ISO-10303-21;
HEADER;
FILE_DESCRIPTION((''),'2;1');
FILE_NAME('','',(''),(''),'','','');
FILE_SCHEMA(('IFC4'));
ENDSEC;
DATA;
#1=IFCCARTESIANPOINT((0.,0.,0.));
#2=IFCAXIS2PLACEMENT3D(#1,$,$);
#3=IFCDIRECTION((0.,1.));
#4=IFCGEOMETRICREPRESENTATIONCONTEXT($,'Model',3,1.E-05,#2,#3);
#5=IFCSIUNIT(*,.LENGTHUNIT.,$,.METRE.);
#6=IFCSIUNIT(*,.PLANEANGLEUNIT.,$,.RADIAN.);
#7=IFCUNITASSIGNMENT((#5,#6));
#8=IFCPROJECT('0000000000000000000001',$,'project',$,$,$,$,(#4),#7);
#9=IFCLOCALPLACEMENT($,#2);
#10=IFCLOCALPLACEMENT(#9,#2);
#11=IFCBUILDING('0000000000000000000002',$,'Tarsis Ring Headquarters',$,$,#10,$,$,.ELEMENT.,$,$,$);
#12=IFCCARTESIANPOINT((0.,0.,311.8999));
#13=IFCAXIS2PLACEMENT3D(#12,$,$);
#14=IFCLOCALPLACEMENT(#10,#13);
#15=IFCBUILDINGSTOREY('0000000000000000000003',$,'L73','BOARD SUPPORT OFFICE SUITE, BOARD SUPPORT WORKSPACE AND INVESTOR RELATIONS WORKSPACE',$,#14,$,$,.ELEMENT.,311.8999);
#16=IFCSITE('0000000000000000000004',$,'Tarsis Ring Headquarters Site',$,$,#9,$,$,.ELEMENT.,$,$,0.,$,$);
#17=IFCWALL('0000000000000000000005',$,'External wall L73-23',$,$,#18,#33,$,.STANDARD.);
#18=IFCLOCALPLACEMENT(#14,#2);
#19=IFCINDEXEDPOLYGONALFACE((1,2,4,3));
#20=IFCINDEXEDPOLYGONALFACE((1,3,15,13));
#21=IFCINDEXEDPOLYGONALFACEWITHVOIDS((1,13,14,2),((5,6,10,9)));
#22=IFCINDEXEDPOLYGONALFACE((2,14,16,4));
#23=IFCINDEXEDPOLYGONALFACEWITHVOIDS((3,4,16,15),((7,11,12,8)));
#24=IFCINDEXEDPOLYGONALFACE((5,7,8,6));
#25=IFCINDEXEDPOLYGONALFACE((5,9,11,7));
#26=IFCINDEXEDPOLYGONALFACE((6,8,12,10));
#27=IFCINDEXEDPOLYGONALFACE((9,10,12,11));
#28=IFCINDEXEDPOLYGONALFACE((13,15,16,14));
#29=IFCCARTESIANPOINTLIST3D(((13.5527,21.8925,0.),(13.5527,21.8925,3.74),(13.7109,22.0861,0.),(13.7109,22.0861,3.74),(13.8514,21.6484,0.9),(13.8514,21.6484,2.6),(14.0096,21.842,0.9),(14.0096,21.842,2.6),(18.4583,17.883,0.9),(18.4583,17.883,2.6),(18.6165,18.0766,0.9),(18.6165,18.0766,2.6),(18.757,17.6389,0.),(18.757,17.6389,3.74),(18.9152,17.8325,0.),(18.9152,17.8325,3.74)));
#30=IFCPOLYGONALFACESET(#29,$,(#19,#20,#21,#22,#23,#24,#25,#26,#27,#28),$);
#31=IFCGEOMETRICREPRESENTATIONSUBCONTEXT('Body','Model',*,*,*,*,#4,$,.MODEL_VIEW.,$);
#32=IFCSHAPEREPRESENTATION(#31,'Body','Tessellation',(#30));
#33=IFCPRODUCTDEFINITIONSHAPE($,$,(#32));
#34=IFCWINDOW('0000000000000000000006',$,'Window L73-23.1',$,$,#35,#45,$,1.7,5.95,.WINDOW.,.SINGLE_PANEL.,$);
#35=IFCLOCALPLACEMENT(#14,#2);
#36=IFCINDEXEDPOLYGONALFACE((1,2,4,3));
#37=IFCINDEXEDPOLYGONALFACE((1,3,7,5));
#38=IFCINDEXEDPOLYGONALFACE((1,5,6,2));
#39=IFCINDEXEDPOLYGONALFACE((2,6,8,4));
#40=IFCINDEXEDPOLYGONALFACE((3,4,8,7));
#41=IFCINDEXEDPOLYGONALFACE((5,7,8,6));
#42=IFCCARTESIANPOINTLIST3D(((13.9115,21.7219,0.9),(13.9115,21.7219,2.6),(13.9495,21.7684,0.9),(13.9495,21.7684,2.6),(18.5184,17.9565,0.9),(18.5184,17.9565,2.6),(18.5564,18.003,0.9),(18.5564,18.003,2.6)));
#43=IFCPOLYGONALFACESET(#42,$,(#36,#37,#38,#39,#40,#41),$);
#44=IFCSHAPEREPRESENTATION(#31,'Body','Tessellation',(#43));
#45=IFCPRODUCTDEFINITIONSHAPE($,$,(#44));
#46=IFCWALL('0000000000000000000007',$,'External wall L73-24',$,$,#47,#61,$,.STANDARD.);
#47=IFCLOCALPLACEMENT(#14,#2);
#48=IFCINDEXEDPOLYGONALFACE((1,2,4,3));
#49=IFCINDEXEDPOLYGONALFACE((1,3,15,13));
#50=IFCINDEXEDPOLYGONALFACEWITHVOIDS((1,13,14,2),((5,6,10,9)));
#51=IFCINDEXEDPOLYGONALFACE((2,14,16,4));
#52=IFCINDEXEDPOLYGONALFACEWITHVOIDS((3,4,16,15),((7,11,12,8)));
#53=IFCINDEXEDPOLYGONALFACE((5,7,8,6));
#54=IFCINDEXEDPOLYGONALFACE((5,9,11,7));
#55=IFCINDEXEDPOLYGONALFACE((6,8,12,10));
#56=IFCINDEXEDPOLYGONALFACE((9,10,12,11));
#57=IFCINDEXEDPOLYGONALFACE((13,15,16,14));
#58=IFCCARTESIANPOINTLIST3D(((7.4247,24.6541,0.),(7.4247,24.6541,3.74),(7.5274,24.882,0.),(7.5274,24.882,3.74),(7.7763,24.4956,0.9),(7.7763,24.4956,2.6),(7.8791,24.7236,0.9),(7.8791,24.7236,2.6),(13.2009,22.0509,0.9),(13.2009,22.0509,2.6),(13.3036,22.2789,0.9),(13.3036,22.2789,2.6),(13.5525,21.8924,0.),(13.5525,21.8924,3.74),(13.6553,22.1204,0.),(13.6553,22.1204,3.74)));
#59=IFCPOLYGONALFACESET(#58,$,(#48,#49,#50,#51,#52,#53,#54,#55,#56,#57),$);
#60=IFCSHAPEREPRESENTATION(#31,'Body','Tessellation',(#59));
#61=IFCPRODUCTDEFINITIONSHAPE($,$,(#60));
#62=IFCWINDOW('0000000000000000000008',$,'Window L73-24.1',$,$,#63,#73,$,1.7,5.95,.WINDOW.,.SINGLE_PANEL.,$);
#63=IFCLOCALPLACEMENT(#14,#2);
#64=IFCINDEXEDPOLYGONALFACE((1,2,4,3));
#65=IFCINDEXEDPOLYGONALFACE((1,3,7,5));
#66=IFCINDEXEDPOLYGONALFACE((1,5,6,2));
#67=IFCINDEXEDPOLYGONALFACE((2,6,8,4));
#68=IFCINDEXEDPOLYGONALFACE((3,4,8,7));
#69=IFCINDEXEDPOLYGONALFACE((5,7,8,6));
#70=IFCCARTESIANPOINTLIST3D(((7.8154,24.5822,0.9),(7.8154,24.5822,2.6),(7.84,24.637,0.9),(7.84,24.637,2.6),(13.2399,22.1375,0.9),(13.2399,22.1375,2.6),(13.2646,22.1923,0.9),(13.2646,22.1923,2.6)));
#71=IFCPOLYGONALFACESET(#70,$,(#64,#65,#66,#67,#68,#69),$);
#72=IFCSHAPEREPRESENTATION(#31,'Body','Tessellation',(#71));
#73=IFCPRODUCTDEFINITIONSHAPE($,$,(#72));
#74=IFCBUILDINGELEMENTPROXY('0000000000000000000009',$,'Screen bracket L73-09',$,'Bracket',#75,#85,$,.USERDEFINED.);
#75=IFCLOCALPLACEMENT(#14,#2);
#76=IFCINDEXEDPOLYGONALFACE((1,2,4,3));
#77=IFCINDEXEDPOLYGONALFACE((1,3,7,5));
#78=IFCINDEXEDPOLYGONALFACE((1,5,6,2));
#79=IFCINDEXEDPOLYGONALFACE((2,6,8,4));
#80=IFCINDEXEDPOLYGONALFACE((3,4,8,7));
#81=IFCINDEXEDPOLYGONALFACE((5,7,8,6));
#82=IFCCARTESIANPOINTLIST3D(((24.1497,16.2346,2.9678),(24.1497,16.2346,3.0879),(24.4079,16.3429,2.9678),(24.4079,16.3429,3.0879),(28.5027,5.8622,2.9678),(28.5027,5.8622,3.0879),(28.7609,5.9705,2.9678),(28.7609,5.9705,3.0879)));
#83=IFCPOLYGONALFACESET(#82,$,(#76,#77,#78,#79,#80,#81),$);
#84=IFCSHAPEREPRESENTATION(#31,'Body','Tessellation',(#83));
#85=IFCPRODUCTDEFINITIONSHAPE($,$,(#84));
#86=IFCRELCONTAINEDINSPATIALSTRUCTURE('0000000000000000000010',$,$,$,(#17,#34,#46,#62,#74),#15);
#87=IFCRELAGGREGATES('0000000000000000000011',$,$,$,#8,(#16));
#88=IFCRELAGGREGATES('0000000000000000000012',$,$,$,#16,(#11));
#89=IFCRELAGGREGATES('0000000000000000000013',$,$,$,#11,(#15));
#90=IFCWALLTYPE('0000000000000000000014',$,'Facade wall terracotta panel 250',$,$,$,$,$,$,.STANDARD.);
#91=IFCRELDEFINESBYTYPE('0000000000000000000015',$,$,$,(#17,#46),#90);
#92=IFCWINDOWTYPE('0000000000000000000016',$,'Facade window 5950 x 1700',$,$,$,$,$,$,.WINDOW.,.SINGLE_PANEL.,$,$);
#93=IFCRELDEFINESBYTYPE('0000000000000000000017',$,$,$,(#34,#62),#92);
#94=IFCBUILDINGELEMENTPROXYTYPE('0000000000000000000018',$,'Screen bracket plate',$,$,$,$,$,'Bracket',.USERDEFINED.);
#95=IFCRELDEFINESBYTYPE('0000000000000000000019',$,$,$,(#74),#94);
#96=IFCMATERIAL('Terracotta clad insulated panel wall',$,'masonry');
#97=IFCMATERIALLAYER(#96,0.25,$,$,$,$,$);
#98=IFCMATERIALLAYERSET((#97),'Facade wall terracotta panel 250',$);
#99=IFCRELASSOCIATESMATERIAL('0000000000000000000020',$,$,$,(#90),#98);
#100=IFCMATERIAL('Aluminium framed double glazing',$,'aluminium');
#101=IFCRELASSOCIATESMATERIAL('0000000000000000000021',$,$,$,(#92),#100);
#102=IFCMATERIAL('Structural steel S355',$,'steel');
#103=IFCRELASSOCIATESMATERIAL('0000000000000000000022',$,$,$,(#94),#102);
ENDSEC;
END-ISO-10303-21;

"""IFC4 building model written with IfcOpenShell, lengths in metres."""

from ifc_helpers import new_model, si_unit, direction, frame, frame_2d, origin, origin_2d, place, context, subcontext, project, spatial, rectangle, extrude, material, layer, layer_set, type_object, element, fill, save


model = new_model("IFC4")

# Units and contexts
model_context = context("Model", 3, precision=1e-05, world=origin(), true_north=direction((0.0, 1.0)))
body_context = subcontext(model_context, "Body", "Model", "MODEL_VIEW")
ifc_project = project(units=[si_unit("LENGTHUNIT", "METRE"), si_unit("PLANEANGLEUNIT", "RADIAN")], contexts=[model_context])

# Site, building, storey
site_placement = place(None, origin())
site = spatial("IfcSite", under=ifc_project, at=site_placement, Name="Tarsis Ring Headquarters Site", CompositionType="ELEMENT", RefElevation=0.0)
building_placement = place(site_placement, origin())
building = spatial("IfcBuilding", under=site, at=building_placement, Name="Tarsis Ring Headquarters", CompositionType="ELEMENT")
storey_placement = place(building_placement, frame((0.0, 0.0, 311.8999)))
storey = spatial("IfcBuildingStorey", under=building, at=storey_placement, Name="L73", Description="BOARD SUPPORT OFFICE SUITE, BOARD SUPPORT WORKSPACE AND INVESTOR RELATIONS WORKSPACE", CompositionType="ELEMENT", Elevation=311.8999)

# Shared definitions
ifc_material_1 = material(Name="Structural steel S355", Category="steel")

# Walls, openings, windows
ifc_material_2 = material(Name="Terracotta clad insulated panel wall", Category="masonry")
ifc_layer_1 = layer(ifc_material_2, 0.25)
ifc_layer_set_1 = layer_set([ifc_layer_1], Name="Facade wall terracotta panel 250")
wall_type_1 = type_object("IfcWallType", Name="Facade wall terracotta panel 250", PredefinedType="STANDARD", material=ifc_layer_set_1)
ifc_material_3 = material(Name="Aluminium framed double glazing", Category="aluminium")
window_type = type_object("IfcWindowType", Name="Facade window 5950 x 1700", PartitioningType="SINGLE_PANEL", PredefinedType="WINDOW", material=ifc_material_3)
wall_1_placement = place(storey_placement, frame((18.8362, 17.7356, 0.0), z_axis=(0.0, 0.0, 1.0), x_axis=(-0.774281, 0.632842, 0.0)))
wall_1 = element("IfcWall", 1, at=wall_1_placement, inside=storey, type_object=wall_type_1, Name="External wall L73-23", PredefinedType="STANDARD", context=body_context, shape_type="SweptSolid", body=[
    extrude(rectangle(XDim=6.7214, YDim=0.25, at=frame_2d((3.3608, 0.0))), origin(), (0.0, 0.0, 1.0), 3.74),
])
opening_1_placement = place(wall_1_placement, frame((0.3857, 0.0, 0.8999)))
opening_1 = element("IfcOpeningElement", 2, at=opening_1_placement, cuts=wall_1, PredefinedType="OPENING", context=body_context, shape_type="SweptSolid", body=[
    extrude(rectangle(XDim=5.95, YDim=1.7, at=frame_2d((2.9751, 0.8501))), frame((0.0, 0.135, 0.0), z_axis=(0.0, -1.0, 0.0), x_axis=(1.0, 0.0, 0.0)), (0.0, 0.0, 1.0), 0.27),
])
window_1_placement = place(opening_1_placement, origin())
window_1 = element("IfcWindow", 3, at=window_1_placement, inside=storey, type_object=window_type, Name="Window L73-23.1", OverallHeight=1.7, OverallWidth=5.95, PartitioningType="SINGLE_PANEL", PredefinedType="WINDOW", context=body_context, shape_type="SweptSolid", body=[
    extrude(rectangle(XDim=5.95, YDim=1.7, at=frame_2d((2.9751, 0.8501))), frame((0.0, 0.03, 0.0), z_axis=(0.0, -1.0, 0.0), x_axis=(1.0, 0.0, 0.0)), (0.0, 0.0, 1.0), 0.0601),
])
fill(opening_1, window_1)
wall_2_placement = place(storey_placement, frame((13.604, 22.0063, 0.0), z_axis=(0.0, 0.0, 1.0), x_axis=(-0.91169, 0.410878, 0.0)))
wall_2 = element("IfcWall", 4, at=wall_2_placement, inside=storey, type_object=wall_type_1, Name="External wall L73-24", PredefinedType="STANDARD", context=body_context, shape_type="SweptSolid", body=[
    extrude(rectangle(XDim=6.7214, YDim=0.25, at=frame_2d((3.3608, 0.0))), origin(), (0.0, 0.0, 1.0), 3.74),
])
opening_2_placement = place(wall_2_placement, frame((0.3857, 0.0, 0.8999)))
opening_2 = element("IfcOpeningElement", 5, at=opening_2_placement, cuts=wall_2, PredefinedType="OPENING", context=body_context, shape_type="SweptSolid", body=[
    extrude(rectangle(XDim=5.95, YDim=1.7, at=frame_2d((2.9751, 0.8501))), frame((0.0, 0.135, 0.0), z_axis=(0.0, -1.0, 0.0), x_axis=(1.0, 0.0, 0.0)), (0.0, 0.0, 1.0), 0.27),
])
window_2_placement = place(opening_2_placement, origin())
window_2 = element("IfcWindow", 6, at=window_2_placement, inside=storey, type_object=window_type, Name="Window L73-24.1", OverallHeight=1.7, OverallWidth=5.95, PartitioningType="SINGLE_PANEL", PredefinedType="WINDOW", context=body_context, shape_type="SweptSolid", body=[
    extrude(rectangle(XDim=5.95, YDim=1.7, at=frame_2d((2.9751, 0.8501))), frame((0.0, 0.03, 0.0), z_axis=(0.0, -1.0, 0.0), x_axis=(1.0, 0.0, 0.0)), (0.0, 0.0, 1.0), 0.0601),
])
fill(opening_2, window_2)

# Building element proxy
building_element_proxy_type = type_object("IfcBuildingElementProxyType", Name="Screen bracket plate", ElementType="Bracket", PredefinedType="USERDEFINED", material=ifc_material_1)
proxy_placement = place(storey_placement, frame((26.4553, 11.1025, 2.9678), z_axis=(0.0, 0.0, 1.0), x_axis=(-0.386973, 0.922091, 0.0)))
element("IfcBuildingElementProxy", 7, at=proxy_placement, inside=storey, type_object=building_element_proxy_type, Name="Screen bracket L73-09", ObjectType="Bracket", PredefinedType="USERDEFINED", context=body_context, shape_type="SweptSolid", body=[
    extrude(rectangle(XDim=11.2488, YDim=0.28, at=origin_2d()), origin(), (0.0, 0.0, 1.0), 0.1201),
])

save(model, "model.ifc")
